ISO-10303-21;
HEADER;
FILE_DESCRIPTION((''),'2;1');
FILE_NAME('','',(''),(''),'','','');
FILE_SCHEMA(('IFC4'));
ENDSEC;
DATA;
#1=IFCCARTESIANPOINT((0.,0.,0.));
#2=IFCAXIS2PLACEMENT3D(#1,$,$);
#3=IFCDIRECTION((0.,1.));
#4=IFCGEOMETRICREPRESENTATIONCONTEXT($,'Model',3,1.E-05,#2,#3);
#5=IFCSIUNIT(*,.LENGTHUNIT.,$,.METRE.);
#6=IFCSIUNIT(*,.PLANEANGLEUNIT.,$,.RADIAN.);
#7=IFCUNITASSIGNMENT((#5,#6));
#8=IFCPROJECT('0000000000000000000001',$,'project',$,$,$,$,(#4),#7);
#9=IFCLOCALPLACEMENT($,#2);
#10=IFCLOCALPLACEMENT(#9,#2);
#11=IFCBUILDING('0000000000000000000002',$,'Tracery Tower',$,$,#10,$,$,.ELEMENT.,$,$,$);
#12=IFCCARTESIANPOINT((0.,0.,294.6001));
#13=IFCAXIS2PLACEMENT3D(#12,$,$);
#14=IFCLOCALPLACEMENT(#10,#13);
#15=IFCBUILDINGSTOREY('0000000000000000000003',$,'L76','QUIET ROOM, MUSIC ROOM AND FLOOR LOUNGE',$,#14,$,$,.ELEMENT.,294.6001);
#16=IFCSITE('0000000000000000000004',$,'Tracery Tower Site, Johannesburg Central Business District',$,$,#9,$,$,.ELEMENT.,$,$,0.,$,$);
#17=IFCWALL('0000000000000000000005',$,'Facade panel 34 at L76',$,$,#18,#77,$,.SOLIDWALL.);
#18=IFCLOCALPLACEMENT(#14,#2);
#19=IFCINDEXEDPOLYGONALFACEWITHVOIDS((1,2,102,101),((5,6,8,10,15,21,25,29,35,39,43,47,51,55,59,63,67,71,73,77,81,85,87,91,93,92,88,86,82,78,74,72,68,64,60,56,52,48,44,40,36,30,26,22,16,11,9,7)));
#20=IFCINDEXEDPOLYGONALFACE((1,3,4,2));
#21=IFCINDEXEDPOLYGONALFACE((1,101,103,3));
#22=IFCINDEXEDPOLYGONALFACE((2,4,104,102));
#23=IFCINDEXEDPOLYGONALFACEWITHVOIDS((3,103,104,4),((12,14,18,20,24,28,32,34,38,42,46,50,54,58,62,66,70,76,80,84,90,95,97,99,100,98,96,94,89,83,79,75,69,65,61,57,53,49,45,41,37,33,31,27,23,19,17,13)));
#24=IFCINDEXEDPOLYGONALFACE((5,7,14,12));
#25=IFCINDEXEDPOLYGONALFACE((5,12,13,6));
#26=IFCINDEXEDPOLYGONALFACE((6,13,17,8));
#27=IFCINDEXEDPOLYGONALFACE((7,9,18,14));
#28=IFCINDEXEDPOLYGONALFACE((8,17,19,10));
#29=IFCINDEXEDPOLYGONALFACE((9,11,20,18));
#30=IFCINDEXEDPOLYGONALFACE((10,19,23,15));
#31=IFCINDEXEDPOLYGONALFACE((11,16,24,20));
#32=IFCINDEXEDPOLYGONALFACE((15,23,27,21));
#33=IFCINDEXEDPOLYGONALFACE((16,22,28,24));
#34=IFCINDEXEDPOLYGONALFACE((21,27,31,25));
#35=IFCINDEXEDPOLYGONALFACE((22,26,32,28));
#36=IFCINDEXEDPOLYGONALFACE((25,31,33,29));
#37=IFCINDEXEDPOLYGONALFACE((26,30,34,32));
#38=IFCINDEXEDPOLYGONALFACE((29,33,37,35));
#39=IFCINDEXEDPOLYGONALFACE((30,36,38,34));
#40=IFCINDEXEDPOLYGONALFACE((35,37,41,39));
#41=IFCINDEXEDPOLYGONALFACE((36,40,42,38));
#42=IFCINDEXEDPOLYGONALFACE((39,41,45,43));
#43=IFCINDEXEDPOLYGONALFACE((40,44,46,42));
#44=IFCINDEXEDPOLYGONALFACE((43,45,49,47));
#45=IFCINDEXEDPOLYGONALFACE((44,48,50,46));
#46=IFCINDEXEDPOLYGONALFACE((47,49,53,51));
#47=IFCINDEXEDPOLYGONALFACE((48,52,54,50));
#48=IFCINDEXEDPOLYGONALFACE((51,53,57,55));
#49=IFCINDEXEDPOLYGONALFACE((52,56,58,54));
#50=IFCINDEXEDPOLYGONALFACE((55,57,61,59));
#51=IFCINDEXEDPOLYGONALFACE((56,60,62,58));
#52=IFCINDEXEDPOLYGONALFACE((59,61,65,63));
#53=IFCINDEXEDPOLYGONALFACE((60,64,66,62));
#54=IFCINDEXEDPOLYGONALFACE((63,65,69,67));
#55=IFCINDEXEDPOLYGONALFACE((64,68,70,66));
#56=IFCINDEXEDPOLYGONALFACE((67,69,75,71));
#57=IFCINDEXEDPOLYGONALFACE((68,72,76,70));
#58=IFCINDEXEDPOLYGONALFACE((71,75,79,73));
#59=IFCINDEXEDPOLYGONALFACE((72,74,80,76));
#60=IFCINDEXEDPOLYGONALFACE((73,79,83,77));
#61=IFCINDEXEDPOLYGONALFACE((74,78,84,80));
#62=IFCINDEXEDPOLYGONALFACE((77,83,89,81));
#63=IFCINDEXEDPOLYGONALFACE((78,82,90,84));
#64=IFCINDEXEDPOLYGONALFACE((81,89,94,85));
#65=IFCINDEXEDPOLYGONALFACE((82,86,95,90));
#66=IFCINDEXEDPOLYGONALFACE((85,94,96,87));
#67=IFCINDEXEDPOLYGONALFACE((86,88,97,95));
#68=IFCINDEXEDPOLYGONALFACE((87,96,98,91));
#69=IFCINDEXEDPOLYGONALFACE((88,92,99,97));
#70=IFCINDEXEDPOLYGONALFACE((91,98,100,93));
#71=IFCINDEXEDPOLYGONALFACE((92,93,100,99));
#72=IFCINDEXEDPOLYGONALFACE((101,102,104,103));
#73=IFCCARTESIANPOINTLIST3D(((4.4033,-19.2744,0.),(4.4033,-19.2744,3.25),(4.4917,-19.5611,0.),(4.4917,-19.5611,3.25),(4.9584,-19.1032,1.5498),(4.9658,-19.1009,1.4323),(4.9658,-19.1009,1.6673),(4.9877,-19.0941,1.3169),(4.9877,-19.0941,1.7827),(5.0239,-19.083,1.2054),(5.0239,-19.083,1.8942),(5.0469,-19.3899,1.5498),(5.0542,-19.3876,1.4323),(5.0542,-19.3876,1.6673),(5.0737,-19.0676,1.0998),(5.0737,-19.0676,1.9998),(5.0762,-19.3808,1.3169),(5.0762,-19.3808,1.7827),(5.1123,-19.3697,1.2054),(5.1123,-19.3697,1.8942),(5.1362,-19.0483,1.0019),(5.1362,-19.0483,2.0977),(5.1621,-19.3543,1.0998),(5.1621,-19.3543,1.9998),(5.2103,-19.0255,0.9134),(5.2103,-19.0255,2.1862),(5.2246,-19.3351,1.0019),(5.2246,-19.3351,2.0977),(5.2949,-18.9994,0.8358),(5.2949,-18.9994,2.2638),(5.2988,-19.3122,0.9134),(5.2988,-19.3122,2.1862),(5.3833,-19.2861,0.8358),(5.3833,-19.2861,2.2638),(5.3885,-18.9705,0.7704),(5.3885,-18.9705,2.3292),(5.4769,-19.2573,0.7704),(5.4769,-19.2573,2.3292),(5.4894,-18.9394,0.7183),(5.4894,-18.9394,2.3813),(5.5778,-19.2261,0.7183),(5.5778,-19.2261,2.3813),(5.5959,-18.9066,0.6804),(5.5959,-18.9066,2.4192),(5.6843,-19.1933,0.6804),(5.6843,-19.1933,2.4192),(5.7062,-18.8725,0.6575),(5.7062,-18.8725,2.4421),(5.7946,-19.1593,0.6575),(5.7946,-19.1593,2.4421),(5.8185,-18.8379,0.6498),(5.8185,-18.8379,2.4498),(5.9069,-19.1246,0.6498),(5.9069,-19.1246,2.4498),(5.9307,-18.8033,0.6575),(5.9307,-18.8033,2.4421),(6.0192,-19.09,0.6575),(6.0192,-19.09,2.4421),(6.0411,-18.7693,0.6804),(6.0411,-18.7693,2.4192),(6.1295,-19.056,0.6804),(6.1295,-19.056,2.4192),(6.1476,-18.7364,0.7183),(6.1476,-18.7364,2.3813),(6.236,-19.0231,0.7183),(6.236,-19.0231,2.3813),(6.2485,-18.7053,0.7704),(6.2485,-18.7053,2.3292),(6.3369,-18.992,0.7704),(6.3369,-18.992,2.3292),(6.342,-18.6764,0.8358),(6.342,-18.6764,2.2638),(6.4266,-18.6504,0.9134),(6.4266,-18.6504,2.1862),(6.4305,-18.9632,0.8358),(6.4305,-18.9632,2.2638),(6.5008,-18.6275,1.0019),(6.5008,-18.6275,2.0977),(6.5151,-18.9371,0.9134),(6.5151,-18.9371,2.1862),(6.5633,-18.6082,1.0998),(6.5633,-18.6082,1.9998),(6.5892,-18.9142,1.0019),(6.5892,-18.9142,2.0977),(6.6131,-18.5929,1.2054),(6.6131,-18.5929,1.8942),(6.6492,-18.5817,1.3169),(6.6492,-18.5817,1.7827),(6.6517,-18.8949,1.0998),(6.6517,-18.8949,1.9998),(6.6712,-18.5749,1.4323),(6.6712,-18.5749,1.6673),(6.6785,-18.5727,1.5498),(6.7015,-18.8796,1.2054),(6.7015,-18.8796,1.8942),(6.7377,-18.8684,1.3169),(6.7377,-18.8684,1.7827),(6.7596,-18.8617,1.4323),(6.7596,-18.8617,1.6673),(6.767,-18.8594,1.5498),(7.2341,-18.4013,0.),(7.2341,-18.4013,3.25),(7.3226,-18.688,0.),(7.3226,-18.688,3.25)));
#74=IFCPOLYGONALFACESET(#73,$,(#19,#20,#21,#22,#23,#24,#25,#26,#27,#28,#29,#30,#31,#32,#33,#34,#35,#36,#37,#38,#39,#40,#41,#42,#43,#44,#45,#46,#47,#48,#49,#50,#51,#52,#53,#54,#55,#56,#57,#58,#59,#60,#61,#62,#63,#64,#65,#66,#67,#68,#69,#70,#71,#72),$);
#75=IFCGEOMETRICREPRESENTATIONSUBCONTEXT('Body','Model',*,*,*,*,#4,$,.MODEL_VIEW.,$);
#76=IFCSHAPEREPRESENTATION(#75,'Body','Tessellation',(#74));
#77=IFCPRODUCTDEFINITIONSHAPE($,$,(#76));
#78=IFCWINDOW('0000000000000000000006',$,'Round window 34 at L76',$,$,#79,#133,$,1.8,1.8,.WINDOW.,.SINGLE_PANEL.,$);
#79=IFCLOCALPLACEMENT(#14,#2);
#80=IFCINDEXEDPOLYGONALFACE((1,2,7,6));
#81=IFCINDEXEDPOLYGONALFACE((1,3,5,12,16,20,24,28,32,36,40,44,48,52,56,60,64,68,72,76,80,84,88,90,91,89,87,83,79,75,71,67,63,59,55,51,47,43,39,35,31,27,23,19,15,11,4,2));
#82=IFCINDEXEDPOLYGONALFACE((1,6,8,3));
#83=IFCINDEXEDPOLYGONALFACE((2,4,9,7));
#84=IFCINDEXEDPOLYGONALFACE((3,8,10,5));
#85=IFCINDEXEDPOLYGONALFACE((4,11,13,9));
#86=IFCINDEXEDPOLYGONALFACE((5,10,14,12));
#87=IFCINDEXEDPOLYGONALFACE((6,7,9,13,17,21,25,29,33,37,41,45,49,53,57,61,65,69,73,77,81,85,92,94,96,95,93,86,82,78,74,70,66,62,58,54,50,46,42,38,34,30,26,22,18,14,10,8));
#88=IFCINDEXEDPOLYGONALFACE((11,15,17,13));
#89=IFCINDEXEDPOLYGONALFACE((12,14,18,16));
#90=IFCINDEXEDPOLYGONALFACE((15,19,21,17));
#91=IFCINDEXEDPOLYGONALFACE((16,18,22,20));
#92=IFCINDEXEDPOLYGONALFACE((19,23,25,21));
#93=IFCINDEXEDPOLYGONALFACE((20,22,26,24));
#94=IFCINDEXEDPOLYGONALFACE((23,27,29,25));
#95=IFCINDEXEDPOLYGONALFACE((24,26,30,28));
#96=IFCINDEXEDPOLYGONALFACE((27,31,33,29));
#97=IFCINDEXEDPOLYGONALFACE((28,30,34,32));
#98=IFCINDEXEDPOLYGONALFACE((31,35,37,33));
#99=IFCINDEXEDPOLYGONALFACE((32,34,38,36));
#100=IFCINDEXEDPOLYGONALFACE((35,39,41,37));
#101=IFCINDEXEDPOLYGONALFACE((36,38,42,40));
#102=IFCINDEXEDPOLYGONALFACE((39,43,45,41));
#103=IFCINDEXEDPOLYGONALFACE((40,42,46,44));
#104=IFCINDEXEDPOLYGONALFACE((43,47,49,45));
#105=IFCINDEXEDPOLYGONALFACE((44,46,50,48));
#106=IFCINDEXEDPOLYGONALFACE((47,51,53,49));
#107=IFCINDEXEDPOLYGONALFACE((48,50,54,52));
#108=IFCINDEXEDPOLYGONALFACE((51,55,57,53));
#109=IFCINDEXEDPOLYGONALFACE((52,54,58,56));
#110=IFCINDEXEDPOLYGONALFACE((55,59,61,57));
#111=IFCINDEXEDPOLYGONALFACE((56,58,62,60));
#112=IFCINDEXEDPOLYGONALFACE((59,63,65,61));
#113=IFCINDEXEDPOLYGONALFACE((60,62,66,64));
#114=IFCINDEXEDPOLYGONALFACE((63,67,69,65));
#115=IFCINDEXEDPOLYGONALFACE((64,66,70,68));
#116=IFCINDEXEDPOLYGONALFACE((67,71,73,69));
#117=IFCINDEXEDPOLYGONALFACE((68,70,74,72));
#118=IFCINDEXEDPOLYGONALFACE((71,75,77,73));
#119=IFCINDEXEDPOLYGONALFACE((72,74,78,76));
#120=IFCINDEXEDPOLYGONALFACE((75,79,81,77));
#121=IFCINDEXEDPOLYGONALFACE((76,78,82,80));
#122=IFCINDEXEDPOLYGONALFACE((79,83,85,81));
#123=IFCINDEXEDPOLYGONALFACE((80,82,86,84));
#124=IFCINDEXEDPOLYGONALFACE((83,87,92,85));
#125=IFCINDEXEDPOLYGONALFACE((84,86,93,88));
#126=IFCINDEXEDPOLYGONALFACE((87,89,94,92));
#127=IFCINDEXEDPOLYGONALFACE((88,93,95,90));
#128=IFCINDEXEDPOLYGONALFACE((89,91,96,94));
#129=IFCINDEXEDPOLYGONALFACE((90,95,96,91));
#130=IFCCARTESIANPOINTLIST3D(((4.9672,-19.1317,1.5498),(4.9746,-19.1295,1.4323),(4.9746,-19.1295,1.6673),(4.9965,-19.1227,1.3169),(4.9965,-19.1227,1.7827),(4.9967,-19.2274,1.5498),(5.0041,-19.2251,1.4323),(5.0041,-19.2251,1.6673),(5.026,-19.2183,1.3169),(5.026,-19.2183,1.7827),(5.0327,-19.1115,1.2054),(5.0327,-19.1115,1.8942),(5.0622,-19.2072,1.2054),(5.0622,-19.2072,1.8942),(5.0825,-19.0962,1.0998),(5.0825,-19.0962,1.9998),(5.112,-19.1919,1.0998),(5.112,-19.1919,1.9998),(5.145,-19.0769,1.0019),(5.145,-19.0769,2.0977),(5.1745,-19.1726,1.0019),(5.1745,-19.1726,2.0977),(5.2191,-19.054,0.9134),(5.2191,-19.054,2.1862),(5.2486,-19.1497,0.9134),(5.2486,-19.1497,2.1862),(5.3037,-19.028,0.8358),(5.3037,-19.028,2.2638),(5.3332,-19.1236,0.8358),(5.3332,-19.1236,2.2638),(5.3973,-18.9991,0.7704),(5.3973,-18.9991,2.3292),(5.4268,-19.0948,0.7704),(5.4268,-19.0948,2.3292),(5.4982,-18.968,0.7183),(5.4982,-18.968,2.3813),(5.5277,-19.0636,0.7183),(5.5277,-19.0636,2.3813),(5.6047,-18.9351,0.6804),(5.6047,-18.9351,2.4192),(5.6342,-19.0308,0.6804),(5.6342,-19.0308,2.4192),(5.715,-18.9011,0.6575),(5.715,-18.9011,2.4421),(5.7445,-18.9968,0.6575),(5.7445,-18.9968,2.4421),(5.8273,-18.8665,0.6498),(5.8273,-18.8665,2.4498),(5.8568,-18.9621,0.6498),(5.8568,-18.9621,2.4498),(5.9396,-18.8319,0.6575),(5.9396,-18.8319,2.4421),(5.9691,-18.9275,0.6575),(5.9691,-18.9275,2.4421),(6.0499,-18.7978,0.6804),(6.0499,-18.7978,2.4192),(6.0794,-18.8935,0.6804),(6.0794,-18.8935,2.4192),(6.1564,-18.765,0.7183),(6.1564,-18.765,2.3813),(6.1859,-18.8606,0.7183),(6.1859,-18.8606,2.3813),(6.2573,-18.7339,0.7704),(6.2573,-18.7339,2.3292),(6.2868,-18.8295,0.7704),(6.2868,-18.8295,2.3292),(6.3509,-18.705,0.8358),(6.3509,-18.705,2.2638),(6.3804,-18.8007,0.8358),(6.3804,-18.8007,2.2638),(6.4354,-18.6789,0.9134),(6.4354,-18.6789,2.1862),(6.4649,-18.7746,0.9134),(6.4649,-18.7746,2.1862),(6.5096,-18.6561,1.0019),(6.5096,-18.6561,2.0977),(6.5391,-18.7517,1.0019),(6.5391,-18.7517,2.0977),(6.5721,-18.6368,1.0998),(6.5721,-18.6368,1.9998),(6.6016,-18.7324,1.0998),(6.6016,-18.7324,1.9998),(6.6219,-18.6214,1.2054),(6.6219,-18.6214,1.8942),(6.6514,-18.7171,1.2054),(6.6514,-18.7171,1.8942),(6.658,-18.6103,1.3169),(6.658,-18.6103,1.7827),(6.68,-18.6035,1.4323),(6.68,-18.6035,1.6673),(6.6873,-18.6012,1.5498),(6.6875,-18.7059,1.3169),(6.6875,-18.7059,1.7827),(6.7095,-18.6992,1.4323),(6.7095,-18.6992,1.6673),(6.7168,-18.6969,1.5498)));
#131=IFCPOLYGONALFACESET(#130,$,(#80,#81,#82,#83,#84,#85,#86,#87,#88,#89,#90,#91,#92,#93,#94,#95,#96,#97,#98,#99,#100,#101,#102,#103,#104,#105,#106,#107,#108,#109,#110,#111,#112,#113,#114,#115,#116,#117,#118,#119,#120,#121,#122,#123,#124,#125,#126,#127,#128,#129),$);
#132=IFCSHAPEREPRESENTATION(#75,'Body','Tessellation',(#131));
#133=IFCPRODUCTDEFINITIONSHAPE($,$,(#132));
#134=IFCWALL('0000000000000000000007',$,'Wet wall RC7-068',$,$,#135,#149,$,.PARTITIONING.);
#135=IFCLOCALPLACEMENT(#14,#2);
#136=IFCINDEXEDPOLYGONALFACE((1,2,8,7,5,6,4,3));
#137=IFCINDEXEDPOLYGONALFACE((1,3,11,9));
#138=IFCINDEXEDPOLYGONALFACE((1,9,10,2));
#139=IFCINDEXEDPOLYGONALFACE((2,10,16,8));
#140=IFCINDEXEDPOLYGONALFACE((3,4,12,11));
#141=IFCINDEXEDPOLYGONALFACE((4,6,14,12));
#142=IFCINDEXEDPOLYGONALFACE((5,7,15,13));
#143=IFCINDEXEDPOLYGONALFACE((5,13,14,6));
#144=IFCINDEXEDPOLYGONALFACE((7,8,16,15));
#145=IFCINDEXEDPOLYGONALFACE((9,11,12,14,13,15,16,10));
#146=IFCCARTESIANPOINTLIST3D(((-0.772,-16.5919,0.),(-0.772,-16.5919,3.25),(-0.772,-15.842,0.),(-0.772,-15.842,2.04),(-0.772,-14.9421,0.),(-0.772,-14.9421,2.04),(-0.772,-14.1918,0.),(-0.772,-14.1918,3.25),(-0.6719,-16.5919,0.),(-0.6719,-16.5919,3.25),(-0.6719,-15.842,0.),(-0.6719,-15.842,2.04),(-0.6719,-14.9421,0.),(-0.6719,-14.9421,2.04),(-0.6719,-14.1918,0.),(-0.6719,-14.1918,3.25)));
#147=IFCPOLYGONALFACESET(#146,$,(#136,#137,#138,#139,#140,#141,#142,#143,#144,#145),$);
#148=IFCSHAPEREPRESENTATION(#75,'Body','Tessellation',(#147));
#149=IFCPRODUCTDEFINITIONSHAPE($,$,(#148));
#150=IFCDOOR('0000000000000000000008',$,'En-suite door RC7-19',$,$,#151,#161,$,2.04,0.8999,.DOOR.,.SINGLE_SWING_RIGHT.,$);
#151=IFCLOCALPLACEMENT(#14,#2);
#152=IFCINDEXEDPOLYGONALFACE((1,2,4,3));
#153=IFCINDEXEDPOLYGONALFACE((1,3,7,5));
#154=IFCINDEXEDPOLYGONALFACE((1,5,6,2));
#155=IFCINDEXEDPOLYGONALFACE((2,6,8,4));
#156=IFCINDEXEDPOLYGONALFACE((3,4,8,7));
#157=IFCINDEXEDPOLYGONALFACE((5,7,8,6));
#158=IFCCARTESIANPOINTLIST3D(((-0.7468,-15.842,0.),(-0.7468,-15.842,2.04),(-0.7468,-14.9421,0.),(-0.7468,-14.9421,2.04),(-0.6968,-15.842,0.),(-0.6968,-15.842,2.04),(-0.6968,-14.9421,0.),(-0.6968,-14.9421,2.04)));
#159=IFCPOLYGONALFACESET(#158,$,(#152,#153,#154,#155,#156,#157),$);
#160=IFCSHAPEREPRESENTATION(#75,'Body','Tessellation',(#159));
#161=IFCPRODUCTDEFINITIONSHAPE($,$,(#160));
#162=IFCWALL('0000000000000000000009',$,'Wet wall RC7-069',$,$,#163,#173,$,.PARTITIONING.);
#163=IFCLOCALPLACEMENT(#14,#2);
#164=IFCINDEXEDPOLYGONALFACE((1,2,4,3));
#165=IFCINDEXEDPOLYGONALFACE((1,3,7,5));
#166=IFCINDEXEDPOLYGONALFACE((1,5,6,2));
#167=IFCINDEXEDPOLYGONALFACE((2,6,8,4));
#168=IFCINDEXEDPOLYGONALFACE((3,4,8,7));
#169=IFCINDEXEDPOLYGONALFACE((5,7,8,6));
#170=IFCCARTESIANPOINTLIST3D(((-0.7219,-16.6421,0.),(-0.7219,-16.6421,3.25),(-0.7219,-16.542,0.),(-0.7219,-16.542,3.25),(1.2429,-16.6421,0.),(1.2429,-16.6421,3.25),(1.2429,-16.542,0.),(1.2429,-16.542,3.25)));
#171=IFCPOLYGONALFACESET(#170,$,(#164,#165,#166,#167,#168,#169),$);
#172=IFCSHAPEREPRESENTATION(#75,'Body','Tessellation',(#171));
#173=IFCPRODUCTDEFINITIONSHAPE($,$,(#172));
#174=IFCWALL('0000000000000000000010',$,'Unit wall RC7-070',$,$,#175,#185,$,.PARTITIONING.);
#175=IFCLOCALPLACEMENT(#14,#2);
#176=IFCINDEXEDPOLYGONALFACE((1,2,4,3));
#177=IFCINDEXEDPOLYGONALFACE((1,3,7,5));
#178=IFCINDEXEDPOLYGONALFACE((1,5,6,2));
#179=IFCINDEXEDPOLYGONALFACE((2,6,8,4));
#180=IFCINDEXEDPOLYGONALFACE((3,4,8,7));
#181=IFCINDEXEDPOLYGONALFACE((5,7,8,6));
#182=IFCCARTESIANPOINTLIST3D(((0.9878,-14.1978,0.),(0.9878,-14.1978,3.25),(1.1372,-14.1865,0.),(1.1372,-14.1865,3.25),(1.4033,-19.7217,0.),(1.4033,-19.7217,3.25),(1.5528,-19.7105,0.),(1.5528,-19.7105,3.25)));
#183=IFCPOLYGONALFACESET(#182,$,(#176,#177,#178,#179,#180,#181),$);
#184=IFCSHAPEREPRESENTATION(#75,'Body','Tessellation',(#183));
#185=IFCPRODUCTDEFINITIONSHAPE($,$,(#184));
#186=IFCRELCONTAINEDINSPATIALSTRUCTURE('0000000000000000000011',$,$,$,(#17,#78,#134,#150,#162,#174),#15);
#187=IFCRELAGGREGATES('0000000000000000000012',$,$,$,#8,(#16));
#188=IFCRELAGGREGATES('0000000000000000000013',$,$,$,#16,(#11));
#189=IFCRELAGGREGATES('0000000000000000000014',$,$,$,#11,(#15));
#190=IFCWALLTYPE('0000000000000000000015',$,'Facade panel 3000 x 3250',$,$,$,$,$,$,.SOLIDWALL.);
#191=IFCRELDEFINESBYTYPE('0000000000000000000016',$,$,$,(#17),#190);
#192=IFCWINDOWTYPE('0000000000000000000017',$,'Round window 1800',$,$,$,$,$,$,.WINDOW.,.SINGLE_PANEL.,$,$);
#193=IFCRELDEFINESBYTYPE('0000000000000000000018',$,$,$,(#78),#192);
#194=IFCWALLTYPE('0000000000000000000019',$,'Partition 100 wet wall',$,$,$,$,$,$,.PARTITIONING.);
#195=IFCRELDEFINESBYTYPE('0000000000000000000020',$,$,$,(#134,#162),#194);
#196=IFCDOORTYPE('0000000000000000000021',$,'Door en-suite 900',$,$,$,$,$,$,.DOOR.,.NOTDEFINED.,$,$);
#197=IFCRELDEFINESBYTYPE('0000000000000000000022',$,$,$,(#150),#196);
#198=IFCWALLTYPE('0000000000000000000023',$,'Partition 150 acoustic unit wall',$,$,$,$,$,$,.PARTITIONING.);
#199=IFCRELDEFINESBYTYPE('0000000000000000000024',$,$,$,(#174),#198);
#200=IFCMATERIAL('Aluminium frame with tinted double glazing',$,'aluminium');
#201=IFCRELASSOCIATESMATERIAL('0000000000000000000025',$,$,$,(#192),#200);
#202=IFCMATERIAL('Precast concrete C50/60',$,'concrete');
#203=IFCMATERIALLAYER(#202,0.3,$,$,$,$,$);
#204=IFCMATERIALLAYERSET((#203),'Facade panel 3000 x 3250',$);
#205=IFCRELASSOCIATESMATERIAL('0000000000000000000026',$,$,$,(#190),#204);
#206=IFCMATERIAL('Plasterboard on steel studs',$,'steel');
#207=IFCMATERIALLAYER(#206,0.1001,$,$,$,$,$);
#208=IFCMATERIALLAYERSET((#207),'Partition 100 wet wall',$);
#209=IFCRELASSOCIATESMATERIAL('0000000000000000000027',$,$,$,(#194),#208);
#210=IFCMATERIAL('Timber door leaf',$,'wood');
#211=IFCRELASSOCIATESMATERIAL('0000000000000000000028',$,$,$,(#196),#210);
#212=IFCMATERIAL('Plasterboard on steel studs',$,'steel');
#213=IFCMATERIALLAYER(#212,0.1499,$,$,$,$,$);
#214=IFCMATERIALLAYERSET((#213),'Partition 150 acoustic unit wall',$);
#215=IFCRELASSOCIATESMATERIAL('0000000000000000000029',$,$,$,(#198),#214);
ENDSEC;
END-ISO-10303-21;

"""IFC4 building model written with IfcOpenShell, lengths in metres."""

from ifc_helpers import new_model, si_unit, direction, frame, frame_2d, origin, origin_2d, place, context, subcontext, project, spatial, rectangle, circle, extrude, material, layer, layer_set, type_object, element, fill, save


model = new_model("IFC4")

# Units and contexts
model_context = context("Model", 3, precision=1e-05, world=origin(), true_north=direction((0.0, 1.0)))
body_context = subcontext(model_context, "Body", "Model", "MODEL_VIEW")
ifc_project = project(units=[si_unit("LENGTHUNIT", "METRE"), si_unit("PLANEANGLEUNIT", "RADIAN")], contexts=[model_context])

# Site, building, storey
site_placement = place(None, origin())
site = spatial("IfcSite", under=ifc_project, at=site_placement, Name="Tracery Tower Site, Johannesburg Central Business District", CompositionType="ELEMENT", RefElevation=0.0)
building_placement = place(site_placement, origin())
building = spatial("IfcBuilding", under=site, at=building_placement, Name="Tracery Tower", CompositionType="ELEMENT")
storey_placement = place(building_placement, frame((0.0, 0.0, 294.6001)))
storey = spatial("IfcBuildingStorey", under=building, at=storey_placement, Name="L76", Description="QUIET ROOM, MUSIC ROOM AND FLOOR LOUNGE", CompositionType="ELEMENT", Elevation=294.6001)

# Wall, opening, window
ifc_material_1 = material(Name="Aluminium frame with tinted double glazing", Category="aluminium")
window_type = type_object("IfcWindowType", Name="Round window 1800", PartitioningType="SINGLE_PANEL", PredefinedType="WINDOW", material=ifc_material_1)
ifc_material_2 = material(Name="Precast concrete C50/60", Category="concrete")
ifc_layer_1 = layer(ifc_material_2, 0.3)
ifc_layer_set_1 = layer_set([ifc_layer_1], Name="Facade panel 3000 x 3250")
wall_type_1 = type_object("IfcWallType", Name="Facade panel 3000 x 3250", PredefinedType="SOLIDWALL", material=ifc_layer_set_1)
wall_1_placement = place(storey_placement, frame((4.4475, -19.4177, 0.0), z_axis=(0.0, 0.0, 1.0), x_axis=(0.955586, 0.294711, 0.0)))
wall_1 = element("IfcWall", 1, at=wall_1_placement, inside=storey, type_object=wall_type_1, Name="Facade panel 34 at L76", PredefinedType="SOLIDWALL", context=body_context, shape_type="SweptSolid", body=[
    extrude(rectangle(XDim=2.9624, YDim=0.3, at=frame_2d((1.4812, 0.0))), origin(), (0.0, 0.0, 1.0), 3.25),
])
opening_1_placement = place(wall_1_placement, frame((1.481, 0.0, 1.5498)))
opening_1 = element("IfcOpeningElement", 2, at=opening_1_placement, cuts=wall_1, PredefinedType="OPENING", context=body_context, shape_type="SweptSolid", body=[
    extrude(circle(Radius=0.9, at=origin_2d()), frame((0.0, 0.1599, 0.0), z_axis=(0.0, -1.0, 0.0), x_axis=(1.0, 0.0, 0.0)), (0.0, 0.0, 1.0), 0.3201),
])
window_1_placement = place(opening_1_placement, origin())
window_1 = element("IfcWindow", 3, at=window_1_placement, inside=storey, type_object=window_type, Name="Round window 34 at L76", OverallHeight=1.8, OverallWidth=1.8, PartitioningType="SINGLE_PANEL", PredefinedType="WINDOW", context=body_context, shape_type="SweptSolid", body=[
    extrude(circle(Radius=0.9, at=origin_2d()), frame((0.0, 0.1201, 0.0), z_axis=(0.0, -1.0, 0.0), x_axis=(1.0, 0.0, 0.0)), (0.0, 0.0, 1.0), 0.1001),
])
fill(opening_1, window_1)

# Wall, opening, door
ifc_material_3 = material(Name="Plasterboard on steel studs", Category="steel")
ifc_layer_2 = layer(ifc_material_3, 0.1001)
ifc_layer_set_2 = layer_set([ifc_layer_2], Name="Partition 100 wet wall")
wall_type_2 = type_object("IfcWallType", Name="Partition 100 wet wall", PredefinedType="PARTITIONING", material=ifc_layer_set_2)
wall_2_placement = place(storey_placement, frame((-0.7219, -16.592, 0.0), z_axis=(0.0, 0.0, 1.0), x_axis=(0.0, 1.0, 0.0)))
wall_2 = element("IfcWall", 4, at=wall_2_placement, inside=storey, type_object=wall_type_2, Name="Wet wall RC7-068", PredefinedType="PARTITIONING", context=body_context, shape_type="SweptSolid", body=[
    extrude(rectangle(XDim=2.4001, YDim=0.1001, at=frame_2d((1.2002, 0.0))), origin(), (0.0, 0.0, 1.0), 3.25),
])
opening_2_placement = place(wall_2_placement, frame((0.75, 0.0, 0.0)))
opening_2 = element("IfcOpeningElement", 5, at=opening_2_placement, cuts=wall_2, PredefinedType="OPENING", context=body_context, shape_type="SweptSolid", body=[
    extrude(rectangle(XDim=0.8999, YDim=2.04, at=frame_2d((0.45, 1.02))), frame((0.0, 0.05, 0.0), z_axis=(0.0, -1.0, 0.0), x_axis=(1.0, 0.0, 0.0)), (0.0, 0.0, 1.0), 0.1001),
])
ifc_material_4 = material(Name="Timber door leaf", Category="wood")
door_type_1 = type_object("IfcDoorType", Name="Door en-suite 900", OperationType="NOTDEFINED", PredefinedType="DOOR", material=ifc_material_4)
door_1_placement = place(opening_2_placement, origin())
door_1 = element("IfcDoor", 6, at=door_1_placement, inside=storey, type_object=door_type_1, Name="En-suite door RC7-19", OperationType="SINGLE_SWING_RIGHT", OverallHeight=2.04, OverallWidth=0.8999, PredefinedType="DOOR", context=body_context, shape_type="SweptSolid", body=[
    extrude(rectangle(XDim=0.8999, YDim=2.04, at=frame_2d((0.45, 1.02))), frame((0.0, 0.0249, 0.0), z_axis=(0.0, -1.0, 0.0), x_axis=(1.0, 0.0, 0.0)), (0.0, 0.0, 1.0), 0.05),
])
fill(opening_2, door_1)

# Walls
wall_3_placement = place(storey_placement, frame((-0.7219, -16.592, 0.0), z_axis=(0.0, 0.0, 1.0), x_axis=(1.0, 0.0, 0.0)))
element("IfcWall", 7, at=wall_3_placement, inside=storey, type_object=wall_type_2, Name="Wet wall RC7-069", PredefinedType="PARTITIONING", context=body_context, shape_type="SweptSolid", body=[
    extrude(rectangle(XDim=1.9648, YDim=0.1001, at=frame_2d((0.9824, 0.0))), origin(), (0.0, 0.0, 1.0), 3.25),
])
ifc_material_5 = material(Name="Plasterboard on steel studs", Category="steel")
ifc_layer_3 = layer(ifc_material_5, 0.1499)
ifc_layer_set_3 = layer_set([ifc_layer_3], Name="Partition 150 acoustic unit wall")
wall_type_3 = type_object("IfcWallType", Name="Partition 150 acoustic unit wall", PredefinedType="PARTITIONING", material=ifc_layer_set_3)
wall_4_placement = place(storey_placement, frame((1.0625, -14.1921, 0.0), z_axis=(0.0, 0.0, 1.0), x_axis=(0.075011, -0.997183, 0.0)))
element("IfcWall", 8, at=wall_4_placement, inside=storey, type_object=wall_type_3, Name="Unit wall RC7-070", PredefinedType="PARTITIONING", context=body_context, shape_type="SweptSolid", body=[
    extrude(rectangle(XDim=5.5396, YDim=0.1499, at=frame_2d((2.7698, 0.0))), origin(), (0.0, 0.0, 1.0), 3.25),
])

save(model, "model.ifc")
